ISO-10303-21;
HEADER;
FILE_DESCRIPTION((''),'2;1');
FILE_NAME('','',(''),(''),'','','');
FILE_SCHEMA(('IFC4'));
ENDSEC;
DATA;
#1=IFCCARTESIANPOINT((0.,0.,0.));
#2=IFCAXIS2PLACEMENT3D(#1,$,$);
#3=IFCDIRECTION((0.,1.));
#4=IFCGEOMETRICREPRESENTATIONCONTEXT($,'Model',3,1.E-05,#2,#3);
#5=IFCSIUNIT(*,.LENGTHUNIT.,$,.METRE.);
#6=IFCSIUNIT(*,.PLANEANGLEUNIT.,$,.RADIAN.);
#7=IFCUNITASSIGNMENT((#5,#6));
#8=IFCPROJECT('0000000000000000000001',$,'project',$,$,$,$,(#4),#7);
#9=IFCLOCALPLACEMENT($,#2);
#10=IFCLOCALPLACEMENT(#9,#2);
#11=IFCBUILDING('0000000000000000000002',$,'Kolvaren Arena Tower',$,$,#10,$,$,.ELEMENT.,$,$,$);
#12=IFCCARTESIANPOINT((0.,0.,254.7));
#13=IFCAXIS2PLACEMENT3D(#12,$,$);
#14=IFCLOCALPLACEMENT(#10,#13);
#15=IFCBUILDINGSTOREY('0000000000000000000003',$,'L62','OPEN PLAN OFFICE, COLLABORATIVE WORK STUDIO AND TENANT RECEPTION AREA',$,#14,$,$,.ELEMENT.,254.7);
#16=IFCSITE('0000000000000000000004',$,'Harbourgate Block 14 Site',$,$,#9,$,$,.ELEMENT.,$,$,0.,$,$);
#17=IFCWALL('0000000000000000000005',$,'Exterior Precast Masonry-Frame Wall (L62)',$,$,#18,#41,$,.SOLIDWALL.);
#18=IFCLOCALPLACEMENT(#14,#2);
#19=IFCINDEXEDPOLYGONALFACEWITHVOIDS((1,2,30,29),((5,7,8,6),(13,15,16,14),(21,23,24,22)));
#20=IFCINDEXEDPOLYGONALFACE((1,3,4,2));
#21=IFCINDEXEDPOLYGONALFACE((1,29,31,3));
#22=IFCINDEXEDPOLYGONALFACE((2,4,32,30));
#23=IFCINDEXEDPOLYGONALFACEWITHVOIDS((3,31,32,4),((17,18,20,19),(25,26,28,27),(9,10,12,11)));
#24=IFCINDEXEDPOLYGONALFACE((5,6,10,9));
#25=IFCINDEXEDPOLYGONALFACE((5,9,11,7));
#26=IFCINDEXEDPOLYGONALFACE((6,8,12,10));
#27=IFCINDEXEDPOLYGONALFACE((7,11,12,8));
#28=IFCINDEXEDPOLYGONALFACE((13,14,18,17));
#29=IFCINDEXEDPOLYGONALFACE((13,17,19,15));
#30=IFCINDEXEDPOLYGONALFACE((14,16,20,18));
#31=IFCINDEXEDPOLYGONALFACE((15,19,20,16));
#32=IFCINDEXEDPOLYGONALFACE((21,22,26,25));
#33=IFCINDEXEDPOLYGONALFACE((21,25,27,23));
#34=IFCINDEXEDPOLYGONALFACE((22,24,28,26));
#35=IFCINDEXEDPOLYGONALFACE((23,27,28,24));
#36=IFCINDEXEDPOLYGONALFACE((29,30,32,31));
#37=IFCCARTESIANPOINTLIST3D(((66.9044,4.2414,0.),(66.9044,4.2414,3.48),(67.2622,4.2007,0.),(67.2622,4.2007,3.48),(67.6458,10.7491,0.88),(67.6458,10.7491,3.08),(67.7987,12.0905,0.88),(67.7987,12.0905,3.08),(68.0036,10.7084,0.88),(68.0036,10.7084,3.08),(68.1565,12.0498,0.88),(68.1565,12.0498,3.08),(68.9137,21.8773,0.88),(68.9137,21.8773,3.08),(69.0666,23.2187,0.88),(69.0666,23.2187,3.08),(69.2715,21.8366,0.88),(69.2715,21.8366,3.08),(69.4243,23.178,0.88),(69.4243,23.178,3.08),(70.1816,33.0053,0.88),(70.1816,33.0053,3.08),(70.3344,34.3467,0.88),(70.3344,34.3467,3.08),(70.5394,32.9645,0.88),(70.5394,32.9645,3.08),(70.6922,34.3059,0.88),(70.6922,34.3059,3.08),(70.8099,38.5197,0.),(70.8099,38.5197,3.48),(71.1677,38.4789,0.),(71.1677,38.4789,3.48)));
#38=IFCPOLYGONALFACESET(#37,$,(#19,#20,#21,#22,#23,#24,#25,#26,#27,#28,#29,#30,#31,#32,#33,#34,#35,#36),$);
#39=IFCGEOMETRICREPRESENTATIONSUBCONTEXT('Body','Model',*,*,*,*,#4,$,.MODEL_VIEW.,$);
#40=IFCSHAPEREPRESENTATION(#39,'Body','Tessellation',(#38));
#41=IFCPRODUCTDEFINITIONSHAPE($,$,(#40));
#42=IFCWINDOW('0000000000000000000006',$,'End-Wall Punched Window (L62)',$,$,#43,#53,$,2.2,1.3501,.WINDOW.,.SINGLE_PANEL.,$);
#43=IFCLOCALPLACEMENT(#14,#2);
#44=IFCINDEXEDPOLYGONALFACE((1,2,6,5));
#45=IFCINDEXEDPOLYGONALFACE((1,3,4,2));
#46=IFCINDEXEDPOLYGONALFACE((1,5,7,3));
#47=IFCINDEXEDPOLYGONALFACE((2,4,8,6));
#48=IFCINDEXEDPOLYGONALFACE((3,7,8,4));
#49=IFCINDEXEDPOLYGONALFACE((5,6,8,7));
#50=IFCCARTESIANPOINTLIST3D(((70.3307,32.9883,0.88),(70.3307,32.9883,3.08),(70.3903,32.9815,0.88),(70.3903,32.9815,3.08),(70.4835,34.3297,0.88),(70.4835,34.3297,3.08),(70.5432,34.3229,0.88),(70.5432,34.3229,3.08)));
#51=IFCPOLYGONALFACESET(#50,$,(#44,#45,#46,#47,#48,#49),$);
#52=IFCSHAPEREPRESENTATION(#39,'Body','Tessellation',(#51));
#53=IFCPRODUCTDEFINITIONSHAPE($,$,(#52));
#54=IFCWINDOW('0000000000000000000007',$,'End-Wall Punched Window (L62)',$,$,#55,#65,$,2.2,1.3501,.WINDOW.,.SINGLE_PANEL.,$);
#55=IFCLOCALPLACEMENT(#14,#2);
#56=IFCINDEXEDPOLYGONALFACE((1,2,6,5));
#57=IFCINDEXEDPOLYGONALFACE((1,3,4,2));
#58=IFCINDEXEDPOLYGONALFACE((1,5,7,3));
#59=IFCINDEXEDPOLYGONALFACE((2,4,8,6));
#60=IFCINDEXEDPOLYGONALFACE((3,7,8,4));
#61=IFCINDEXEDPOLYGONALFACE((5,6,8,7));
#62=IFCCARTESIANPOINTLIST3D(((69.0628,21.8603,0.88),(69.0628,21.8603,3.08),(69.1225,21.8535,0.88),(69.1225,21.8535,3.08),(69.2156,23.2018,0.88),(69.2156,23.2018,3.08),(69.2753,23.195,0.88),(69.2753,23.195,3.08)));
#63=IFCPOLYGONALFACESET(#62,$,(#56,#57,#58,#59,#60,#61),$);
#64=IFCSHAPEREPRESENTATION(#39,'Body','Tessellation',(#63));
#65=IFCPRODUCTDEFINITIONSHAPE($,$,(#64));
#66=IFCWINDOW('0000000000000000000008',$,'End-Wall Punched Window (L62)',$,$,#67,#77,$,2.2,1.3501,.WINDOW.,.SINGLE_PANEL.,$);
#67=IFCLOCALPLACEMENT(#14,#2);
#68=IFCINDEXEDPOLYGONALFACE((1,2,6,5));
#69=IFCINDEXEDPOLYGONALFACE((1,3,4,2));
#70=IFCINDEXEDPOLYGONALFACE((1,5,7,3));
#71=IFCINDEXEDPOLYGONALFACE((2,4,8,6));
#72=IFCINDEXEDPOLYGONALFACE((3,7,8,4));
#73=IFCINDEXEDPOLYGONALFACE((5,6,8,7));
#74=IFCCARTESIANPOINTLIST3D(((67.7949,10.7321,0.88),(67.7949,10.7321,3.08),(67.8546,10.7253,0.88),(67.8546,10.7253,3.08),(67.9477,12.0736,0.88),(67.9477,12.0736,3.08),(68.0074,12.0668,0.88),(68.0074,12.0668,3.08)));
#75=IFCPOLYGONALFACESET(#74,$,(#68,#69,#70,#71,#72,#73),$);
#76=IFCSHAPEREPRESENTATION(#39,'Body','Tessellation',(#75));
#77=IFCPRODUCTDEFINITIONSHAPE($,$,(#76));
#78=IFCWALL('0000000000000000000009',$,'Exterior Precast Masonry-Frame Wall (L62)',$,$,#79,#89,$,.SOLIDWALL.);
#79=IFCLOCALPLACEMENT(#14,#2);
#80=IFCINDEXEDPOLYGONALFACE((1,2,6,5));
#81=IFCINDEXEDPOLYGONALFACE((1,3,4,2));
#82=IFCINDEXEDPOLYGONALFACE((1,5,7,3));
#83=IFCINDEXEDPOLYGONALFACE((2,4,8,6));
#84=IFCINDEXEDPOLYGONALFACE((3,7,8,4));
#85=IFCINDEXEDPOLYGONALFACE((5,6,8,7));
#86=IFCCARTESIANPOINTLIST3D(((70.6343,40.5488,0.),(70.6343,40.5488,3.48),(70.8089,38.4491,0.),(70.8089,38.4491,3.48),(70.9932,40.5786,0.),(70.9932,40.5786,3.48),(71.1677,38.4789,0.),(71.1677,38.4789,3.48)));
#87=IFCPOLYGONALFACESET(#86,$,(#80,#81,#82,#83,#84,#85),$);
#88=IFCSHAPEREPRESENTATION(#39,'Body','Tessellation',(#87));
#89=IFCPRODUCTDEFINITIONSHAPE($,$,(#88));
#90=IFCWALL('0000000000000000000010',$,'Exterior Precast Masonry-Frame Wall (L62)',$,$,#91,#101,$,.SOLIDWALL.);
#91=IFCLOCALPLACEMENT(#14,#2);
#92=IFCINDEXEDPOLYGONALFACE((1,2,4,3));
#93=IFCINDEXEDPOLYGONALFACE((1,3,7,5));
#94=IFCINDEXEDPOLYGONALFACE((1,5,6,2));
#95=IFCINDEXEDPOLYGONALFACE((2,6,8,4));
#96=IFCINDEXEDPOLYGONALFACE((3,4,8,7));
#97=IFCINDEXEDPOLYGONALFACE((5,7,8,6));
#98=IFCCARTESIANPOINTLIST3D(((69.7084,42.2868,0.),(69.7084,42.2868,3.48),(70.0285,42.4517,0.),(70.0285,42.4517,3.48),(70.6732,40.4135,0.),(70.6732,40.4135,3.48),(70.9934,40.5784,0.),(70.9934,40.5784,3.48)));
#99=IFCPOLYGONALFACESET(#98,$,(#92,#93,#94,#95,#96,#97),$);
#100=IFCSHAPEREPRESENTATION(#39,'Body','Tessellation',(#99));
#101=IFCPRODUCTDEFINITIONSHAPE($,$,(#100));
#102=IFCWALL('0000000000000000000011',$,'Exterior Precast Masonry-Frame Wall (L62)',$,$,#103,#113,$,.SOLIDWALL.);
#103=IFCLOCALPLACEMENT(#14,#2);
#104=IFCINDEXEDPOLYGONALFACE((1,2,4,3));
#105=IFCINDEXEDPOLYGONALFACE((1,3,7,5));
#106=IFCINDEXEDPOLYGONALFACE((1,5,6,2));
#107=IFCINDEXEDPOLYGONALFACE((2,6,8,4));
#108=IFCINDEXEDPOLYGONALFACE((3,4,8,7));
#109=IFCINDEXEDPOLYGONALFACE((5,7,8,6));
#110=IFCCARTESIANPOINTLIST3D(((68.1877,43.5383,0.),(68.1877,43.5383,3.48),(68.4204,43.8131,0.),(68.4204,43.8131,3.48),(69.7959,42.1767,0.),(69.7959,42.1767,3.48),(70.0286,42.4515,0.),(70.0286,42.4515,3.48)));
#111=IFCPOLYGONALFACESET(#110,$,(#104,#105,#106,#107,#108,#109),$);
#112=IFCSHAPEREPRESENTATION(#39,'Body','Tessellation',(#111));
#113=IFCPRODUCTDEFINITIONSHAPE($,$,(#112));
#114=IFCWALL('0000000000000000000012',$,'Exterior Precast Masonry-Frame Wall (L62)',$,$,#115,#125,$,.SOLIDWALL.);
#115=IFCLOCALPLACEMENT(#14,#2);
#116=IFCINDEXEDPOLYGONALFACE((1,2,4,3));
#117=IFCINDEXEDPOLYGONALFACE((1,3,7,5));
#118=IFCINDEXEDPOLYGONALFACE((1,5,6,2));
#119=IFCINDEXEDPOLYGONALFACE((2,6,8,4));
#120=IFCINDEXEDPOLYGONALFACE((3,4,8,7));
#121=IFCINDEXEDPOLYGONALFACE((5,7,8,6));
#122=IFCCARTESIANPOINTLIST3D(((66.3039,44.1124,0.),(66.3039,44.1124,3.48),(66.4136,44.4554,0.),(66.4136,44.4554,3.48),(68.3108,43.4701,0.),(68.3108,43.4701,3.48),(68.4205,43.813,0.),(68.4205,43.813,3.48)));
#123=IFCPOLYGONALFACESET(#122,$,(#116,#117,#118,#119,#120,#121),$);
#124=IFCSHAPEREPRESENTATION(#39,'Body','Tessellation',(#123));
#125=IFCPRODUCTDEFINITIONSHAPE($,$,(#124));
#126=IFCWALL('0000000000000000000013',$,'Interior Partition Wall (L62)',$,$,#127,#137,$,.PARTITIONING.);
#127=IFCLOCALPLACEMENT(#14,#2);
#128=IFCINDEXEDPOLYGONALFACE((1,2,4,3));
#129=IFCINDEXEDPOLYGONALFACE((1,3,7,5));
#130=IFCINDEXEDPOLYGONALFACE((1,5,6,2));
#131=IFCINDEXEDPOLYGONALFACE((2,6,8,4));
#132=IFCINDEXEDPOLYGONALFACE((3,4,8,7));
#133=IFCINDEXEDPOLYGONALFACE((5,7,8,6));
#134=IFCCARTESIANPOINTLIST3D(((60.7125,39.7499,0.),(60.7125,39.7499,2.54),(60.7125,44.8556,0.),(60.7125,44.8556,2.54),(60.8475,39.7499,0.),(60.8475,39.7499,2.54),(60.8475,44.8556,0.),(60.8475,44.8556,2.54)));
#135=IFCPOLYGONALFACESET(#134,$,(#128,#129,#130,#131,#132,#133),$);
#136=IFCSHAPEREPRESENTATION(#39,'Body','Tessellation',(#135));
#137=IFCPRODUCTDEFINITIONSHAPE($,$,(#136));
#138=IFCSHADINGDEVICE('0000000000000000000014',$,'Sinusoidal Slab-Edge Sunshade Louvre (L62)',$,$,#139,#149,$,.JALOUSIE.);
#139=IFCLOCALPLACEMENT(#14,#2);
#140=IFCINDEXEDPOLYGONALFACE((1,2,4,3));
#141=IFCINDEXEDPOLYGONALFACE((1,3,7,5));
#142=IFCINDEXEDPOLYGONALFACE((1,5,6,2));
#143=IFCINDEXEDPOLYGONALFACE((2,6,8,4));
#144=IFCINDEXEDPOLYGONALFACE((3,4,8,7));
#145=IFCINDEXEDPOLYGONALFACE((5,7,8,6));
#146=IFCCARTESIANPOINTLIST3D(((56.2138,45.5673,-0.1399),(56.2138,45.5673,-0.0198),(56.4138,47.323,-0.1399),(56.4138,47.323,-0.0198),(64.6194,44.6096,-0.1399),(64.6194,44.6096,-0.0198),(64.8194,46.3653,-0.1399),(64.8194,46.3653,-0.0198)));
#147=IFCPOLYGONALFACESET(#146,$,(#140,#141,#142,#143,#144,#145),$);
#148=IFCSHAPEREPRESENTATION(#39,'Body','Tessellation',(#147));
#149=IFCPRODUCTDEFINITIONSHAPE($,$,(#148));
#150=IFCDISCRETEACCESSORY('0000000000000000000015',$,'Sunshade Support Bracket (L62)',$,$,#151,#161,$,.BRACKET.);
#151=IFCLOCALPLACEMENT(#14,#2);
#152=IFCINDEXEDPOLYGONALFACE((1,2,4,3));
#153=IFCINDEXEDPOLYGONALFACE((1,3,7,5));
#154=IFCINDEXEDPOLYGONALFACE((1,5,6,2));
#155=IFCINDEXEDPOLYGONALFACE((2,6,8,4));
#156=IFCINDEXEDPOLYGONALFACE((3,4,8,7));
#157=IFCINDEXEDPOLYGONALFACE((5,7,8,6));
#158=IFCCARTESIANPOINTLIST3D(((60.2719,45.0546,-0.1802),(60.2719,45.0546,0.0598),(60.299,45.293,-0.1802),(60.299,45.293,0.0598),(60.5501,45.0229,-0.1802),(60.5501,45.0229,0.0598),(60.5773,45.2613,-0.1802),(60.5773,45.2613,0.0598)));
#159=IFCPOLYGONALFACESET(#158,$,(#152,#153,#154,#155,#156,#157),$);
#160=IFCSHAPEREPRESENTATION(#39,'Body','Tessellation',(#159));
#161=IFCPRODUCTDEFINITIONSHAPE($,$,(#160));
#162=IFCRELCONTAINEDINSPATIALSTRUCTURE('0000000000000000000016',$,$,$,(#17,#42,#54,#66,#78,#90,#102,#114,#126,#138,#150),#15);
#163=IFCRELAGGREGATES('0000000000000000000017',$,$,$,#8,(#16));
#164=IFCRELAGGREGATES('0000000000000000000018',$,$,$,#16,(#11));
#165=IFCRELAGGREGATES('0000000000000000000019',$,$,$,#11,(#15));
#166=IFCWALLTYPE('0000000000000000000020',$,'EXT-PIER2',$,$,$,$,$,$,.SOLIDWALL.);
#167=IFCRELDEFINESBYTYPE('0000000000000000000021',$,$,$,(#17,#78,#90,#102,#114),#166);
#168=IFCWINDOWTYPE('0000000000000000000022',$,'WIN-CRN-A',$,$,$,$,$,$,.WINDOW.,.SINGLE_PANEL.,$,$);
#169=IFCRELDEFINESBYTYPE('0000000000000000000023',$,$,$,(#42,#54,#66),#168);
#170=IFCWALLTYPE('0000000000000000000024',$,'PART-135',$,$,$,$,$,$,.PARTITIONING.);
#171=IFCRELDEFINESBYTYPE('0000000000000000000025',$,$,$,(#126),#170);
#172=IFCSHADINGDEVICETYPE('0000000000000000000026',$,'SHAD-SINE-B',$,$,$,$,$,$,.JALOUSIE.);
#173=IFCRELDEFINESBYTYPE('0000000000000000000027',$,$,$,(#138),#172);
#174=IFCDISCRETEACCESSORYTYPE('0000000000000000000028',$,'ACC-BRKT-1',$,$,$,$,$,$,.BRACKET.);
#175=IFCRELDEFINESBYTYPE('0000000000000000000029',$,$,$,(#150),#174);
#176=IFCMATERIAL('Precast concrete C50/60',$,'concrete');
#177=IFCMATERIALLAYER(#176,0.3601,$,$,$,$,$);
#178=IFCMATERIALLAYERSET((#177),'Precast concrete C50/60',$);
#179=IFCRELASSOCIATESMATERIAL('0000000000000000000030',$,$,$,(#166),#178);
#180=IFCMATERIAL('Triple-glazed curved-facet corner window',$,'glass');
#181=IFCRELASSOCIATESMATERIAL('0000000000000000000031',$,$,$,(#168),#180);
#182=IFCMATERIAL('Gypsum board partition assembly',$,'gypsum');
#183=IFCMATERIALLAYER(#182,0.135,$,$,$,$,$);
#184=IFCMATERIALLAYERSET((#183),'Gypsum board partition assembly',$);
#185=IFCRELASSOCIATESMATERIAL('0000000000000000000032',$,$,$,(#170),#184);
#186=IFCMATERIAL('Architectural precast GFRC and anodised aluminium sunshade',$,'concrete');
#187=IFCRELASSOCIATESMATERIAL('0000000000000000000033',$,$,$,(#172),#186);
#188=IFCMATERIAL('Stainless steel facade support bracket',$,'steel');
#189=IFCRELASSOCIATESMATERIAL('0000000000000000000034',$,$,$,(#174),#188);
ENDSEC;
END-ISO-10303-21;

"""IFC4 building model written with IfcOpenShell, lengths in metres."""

from ifc_helpers import new_model, si_unit, direction, frame, frame_2d, origin, origin_2d, place, context, subcontext, project, spatial, rectangle, extrude, material, layer, layer_set, type_object, element, fill, save


model = new_model("IFC4")

# Units and contexts
model_context = context("Model", 3, precision=1e-05, world=origin(), true_north=direction((0.0, 1.0)))
body_context = subcontext(model_context, "Body", "Model", "MODEL_VIEW")
ifc_project = project(units=[si_unit("LENGTHUNIT", "METRE"), si_unit("PLANEANGLEUNIT", "RADIAN")], contexts=[model_context])

# Site, building, storey
site_placement = place(None, origin())
site = spatial("IfcSite", under=ifc_project, at=site_placement, Name="Harbourgate Block 14 Site", CompositionType="ELEMENT", RefElevation=0.0)
building_placement = place(site_placement, origin())
building = spatial("IfcBuilding", under=site, at=building_placement, Name="Kolvaren Arena Tower", CompositionType="ELEMENT")
storey_placement = place(building_placement, frame((0.0, 0.0, 254.7)))
storey = spatial("IfcBuildingStorey", under=building, at=storey_placement, Name="L62", Description="OPEN PLAN OFFICE, COLLABORATIVE WORK STUDIO AND TENANT RECEPTION AREA", CompositionType="ELEMENT", Elevation=254.7)

# Wall, openings, windows
ifc_material_1 = material(Name="Precast concrete C50/60", Category="concrete")
ifc_layer_1 = layer(ifc_material_1, 0.3601)
ifc_layer_set_1 = layer_set([ifc_layer_1], Name="Precast concrete C50/60")
wall_type_1 = type_object("IfcWallType", Name="EXT-PIER2", PredefinedType="SOLIDWALL", material=ifc_layer_set_1)
wall_1_placement = place(storey_placement, frame((70.9888, 38.4993, 0.0), z_axis=(0.0, 0.0, 1.0), x_axis=(-0.113203, -0.993572, 0.0)))
wall_1 = element("IfcWall", 1, at=wall_1_placement, inside=storey, type_object=wall_type_1, Name="Exterior Precast Masonry-Frame Wall (L62)", PredefinedType="SOLIDWALL", context=body_context, shape_type="SweptSolid", body=[
    extrude(rectangle(XDim=34.5, YDim=0.3601, at=frame_2d((17.25, 0.0))), origin(), (0.0, 0.0, 1.0), 3.48),
])
opening_1_placement = place(wall_1_placement, frame((4.2, 0.0, 0.8799)))
opening_1 = element("IfcOpeningElement", 2, at=opening_1_placement, cuts=wall_1, PredefinedType="OPENING", context=body_context, shape_type="SweptSolid", body=[
    extrude(rectangle(XDim=1.3501, YDim=2.2, at=frame_2d((0.675, 1.1001))), frame((0.0, 0.1899, 0.0), z_axis=(0.0, -1.0, 0.0), x_axis=(1.0, 0.0, 0.0)), (0.0, 0.0, 1.0), 0.3801),
])
opening_2_placement = place(wall_1_placement, frame((15.3999, 0.0, 0.8799)))
opening_2 = element("IfcOpeningElement", 3, at=opening_2_placement, cuts=wall_1, PredefinedType="OPENING", context=body_context, shape_type="SweptSolid", body=[
    extrude(rectangle(XDim=1.3501, YDim=2.2, at=frame_2d((0.675, 1.1001))), frame((0.0, 0.1899, 0.0), z_axis=(0.0, -1.0, 0.0), x_axis=(1.0, 0.0, 0.0)), (0.0, 0.0, 1.0), 0.3801),
])
opening_3_placement = place(wall_1_placement, frame((26.6001, 0.0, 0.8799)))
opening_3 = element("IfcOpeningElement", 4, at=opening_3_placement, cuts=wall_1, PredefinedType="OPENING", context=body_context, shape_type="SweptSolid", body=[
    extrude(rectangle(XDim=1.3501, YDim=2.2, at=frame_2d((0.675, 1.1001))), frame((0.0, 0.1899, 0.0), z_axis=(0.0, -1.0, 0.0), x_axis=(1.0, 0.0, 0.0)), (0.0, 0.0, 1.0), 0.3801),
])
ifc_material_2 = material(Name="Triple-glazed curved-facet corner window", Category="glass")
window_type = type_object("IfcWindowType", Name="WIN-CRN-A", PartitioningType="SINGLE_PANEL", PredefinedType="WINDOW", material=ifc_material_2)
window_1_placement = place(opening_1_placement, origin())
window_1 = element("IfcWindow", 5, at=window_1_placement, inside=storey, type_object=window_type, Name="End-Wall Punched Window (L62)", OverallHeight=2.2, OverallWidth=1.3501, PartitioningType="SINGLE_PANEL", PredefinedType="WINDOW", context=body_context, shape_type="SweptSolid", body=[
    extrude(rectangle(XDim=1.3501, YDim=2.2, at=frame_2d((0.675, 1.1001))), frame((0.0, 0.03, 0.0), z_axis=(0.0, -1.0, 0.0), x_axis=(1.0, 0.0, 0.0)), (0.0, 0.0, 1.0), 0.0601),
])
fill(opening_1, window_1)
window_2_placement = place(opening_2_placement, origin())
window_2 = element("IfcWindow", 6, at=window_2_placement, inside=storey, type_object=window_type, Name="End-Wall Punched Window (L62)", OverallHeight=2.2, OverallWidth=1.3501, PartitioningType="SINGLE_PANEL", PredefinedType="WINDOW", context=body_context, shape_type="SweptSolid", body=[
    extrude(rectangle(XDim=1.3501, YDim=2.2, at=frame_2d((0.675, 1.1001))), frame((0.0, 0.03, 0.0), z_axis=(0.0, -1.0, 0.0), x_axis=(1.0, 0.0, 0.0)), (0.0, 0.0, 1.0), 0.0601),
])
fill(opening_2, window_2)
window_3_placement = place(opening_3_placement, origin())
window_3 = element("IfcWindow", 7, at=window_3_placement, inside=storey, type_object=window_type, Name="End-Wall Punched Window (L62)", OverallHeight=2.2, OverallWidth=1.3501, PartitioningType="SINGLE_PANEL", PredefinedType="WINDOW", context=body_context, shape_type="SweptSolid", body=[
    extrude(rectangle(XDim=1.3501, YDim=2.2, at=frame_2d((0.675, 1.1001))), frame((0.0, 0.03, 0.0), z_axis=(0.0, -1.0, 0.0), x_axis=(1.0, 0.0, 0.0)), (0.0, 0.0, 1.0), 0.0601),
])
fill(opening_3, window_3)

# Walls
wall_2_placement = place(storey_placement, frame((70.8137, 40.5637, 0.0), z_axis=(0.0, 0.0, 1.0), x_axis=(0.082854, -0.996562, 0.0)))
element("IfcWall", 8, at=wall_2_placement, inside=storey, type_object=wall_type_1, Name="Exterior Precast Masonry-Frame Wall (L62)", PredefinedType="SOLIDWALL", context=body_context, shape_type="SweptSolid", body=[
    extrude(rectangle(XDim=2.1069, YDim=0.3601, at=frame_2d((1.0535, 0.0))), origin(), (0.0, 0.0, 1.0), 3.48),
])
for number, where, z_axis, x_axis, name in (
    (9, (69.8684, 42.3694, 0.0), (0.0, 0.0, 1.0), (0.457887, -0.88901, 0.0), "Exterior Precast Masonry-Frame Wall (L62)"),
    (10, (68.304, 43.6758, 0.0), (0.0, 0.0, 1.0), (0.763193, -0.646171, 0.0), "Exterior Precast Masonry-Frame Wall (L62)"),
    (11, (66.3586, 44.2839, 0.0), (0.0, 0.0, 1.0), (0.952404, -0.304839, 0.0), "Exterior Precast Masonry-Frame Wall (L62)"),
):
    element("IfcWall", number, at=place(storey_placement, frame(where, z_axis=z_axis, x_axis=x_axis)), inside=storey, type_object=wall_type_1, Name=name, PredefinedType="SOLIDWALL", context=body_context, shape_type="SweptSolid", body=[
        extrude(rectangle(XDim=2.1072, YDim=0.3601, at=frame_2d((1.0537, 0.0))), origin(), (0.0, 0.0, 1.0), 3.48),
    ])
ifc_material_3 = material(Name="Gypsum board partition assembly", Category="gypsum")
ifc_layer_2 = layer(ifc_material_3, 0.135)
ifc_layer_set_2 = layer_set([ifc_layer_2], Name="Gypsum board partition assembly")
wall_type_2 = type_object("IfcWallType", Name="PART-135", PredefinedType="PARTITIONING", material=ifc_layer_set_2)
wall_3_placement = place(storey_placement, frame((60.78, 39.75, 0.0), z_axis=(0.0, 0.0, 1.0), x_axis=(0.0, 1.0, 0.0)))
element("IfcWall", 12, at=wall_3_placement, inside=storey, type_object=wall_type_2, Name="Interior Partition Wall (L62)", PredefinedType="PARTITIONING", context=body_context, shape_type="SweptSolid", body=[
    extrude(rectangle(XDim=5.1057, YDim=0.135, at=frame_2d((2.5527, 0.0))), origin(), (0.0, 0.0, 1.0), 2.54),
])

# Shading device
ifc_material_4 = material(Name="Architectural precast GFRC and anodised aluminium sunshade", Category="concrete")
shading_device_type = type_object("IfcShadingDeviceType", Name="SHAD-SINE-B", PredefinedType="JALOUSIE", material=ifc_material_4)
shading_device_placement = place(storey_placement, frame((60.5166, 45.9663, -0.1399), z_axis=(0.0, 0.0, 1.0), x_axis=(0.993572, -0.113205, 0.0)))
element("IfcShadingDevice", 13, at=shading_device_placement, inside=storey, type_object=shading_device_type, Name="Sinusoidal Slab-Edge Sunshade Louvre (L62)", PredefinedType="JALOUSIE", context=body_context, shape_type="SweptSolid", body=[
    extrude(rectangle(XDim=8.46, YDim=1.7671, at=origin_2d()), origin(), (0.0, 0.0, 1.0), 0.1201),
])

# Discrete accessory
ifc_material_5 = material(Name="Stainless steel facade support bracket", Category="steel")
discrete_accessory_type = type_object("IfcDiscreteAccessoryType", Name="ACC-BRKT-1", PredefinedType="BRACKET", material=ifc_material_5)
discrete_accessory_placement = place(storey_placement, frame((60.4246, 45.158, -0.1802), z_axis=(0.0, 0.0, 1.0), x_axis=(0.993572, -0.113205, 0.0)))
element("IfcDiscreteAccessory", 14, at=discrete_accessory_placement, inside=storey, type_object=discrete_accessory_type, Name="Sunshade Support Bracket (L62)", PredefinedType="BRACKET", context=body_context, shape_type="SweptSolid", body=[
    extrude(rectangle(XDim=0.28, YDim=0.24, at=origin_2d()), origin(), (0.0, 0.0, 1.0), 0.24),
])

save(model, "model.ifc")
